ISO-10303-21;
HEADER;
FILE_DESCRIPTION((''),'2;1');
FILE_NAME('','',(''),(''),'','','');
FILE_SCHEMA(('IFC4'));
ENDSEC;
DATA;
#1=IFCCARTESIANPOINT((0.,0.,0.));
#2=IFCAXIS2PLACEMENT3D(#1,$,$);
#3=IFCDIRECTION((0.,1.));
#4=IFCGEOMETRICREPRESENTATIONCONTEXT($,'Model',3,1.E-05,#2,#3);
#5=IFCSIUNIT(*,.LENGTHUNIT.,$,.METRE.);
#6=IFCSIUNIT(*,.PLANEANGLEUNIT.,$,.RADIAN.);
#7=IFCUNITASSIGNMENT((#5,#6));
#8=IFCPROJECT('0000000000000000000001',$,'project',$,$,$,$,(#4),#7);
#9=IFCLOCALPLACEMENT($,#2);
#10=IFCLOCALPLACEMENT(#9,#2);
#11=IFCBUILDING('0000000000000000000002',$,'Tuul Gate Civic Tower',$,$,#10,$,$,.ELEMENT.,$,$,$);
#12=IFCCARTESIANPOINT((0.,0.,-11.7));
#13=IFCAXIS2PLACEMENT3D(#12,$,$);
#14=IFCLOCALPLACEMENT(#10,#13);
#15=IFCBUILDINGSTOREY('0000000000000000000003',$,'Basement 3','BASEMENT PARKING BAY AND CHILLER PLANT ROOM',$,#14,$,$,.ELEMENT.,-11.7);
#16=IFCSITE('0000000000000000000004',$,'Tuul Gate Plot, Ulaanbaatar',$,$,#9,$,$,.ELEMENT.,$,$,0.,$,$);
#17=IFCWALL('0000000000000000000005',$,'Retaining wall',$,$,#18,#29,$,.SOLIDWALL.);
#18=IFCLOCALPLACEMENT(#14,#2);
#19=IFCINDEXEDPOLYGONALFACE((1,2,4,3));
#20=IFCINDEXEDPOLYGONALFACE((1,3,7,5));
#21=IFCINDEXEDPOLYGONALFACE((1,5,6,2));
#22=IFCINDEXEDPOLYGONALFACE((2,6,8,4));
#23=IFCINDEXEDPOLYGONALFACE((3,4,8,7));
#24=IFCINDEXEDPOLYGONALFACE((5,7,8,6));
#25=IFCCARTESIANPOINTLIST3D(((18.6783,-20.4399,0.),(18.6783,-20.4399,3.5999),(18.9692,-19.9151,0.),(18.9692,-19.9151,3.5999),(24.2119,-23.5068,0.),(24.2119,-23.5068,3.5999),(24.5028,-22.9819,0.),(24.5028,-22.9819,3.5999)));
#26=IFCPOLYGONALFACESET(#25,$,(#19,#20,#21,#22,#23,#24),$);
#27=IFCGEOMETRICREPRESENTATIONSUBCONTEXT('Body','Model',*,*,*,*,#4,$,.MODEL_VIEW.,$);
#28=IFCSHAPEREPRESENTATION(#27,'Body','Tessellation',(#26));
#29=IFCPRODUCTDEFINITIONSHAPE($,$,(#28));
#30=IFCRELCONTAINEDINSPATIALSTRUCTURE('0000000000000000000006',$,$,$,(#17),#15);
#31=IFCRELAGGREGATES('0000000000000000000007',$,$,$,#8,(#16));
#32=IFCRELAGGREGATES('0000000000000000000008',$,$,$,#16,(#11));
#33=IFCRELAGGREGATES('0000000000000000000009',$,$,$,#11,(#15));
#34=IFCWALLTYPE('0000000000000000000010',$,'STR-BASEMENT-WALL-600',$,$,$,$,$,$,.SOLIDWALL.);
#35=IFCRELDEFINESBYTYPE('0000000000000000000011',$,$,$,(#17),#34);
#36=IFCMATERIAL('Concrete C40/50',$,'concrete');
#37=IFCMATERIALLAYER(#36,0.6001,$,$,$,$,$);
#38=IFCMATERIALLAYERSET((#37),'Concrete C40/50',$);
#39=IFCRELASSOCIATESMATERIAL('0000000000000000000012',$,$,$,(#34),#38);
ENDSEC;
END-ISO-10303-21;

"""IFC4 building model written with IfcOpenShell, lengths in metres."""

from ifc_helpers import new_model, si_unit, direction, frame, frame_2d, origin, place, context, subcontext, project, spatial, rectangle, extrude, material, layer, layer_set, type_object, element, save


model = new_model("IFC4")

# Units and contexts
model_context = context("Model", 3, precision=1e-05, world=origin(), true_north=direction((0.0, 1.0)))
body_context = subcontext(model_context, "Body", "Model", "MODEL_VIEW")
ifc_project = project(units=[si_unit("LENGTHUNIT", "METRE"), si_unit("PLANEANGLEUNIT", "RADIAN")], contexts=[model_context])

# Site, building, storey
site_placement = place(None, origin())
site = spatial("IfcSite", under=ifc_project, at=site_placement, Name="Tuul Gate Plot, Ulaanbaatar", CompositionType="ELEMENT", RefElevation=0.0)
building_placement = place(site_placement, origin())
building = spatial("IfcBuilding", under=site, at=building_placement, Name="Tuul Gate Civic Tower", CompositionType="ELEMENT")
storey_placement = place(building_placement, frame((0.0, 0.0, -11.7)))
storey = spatial("IfcBuildingStorey", under=building, at=storey_placement, Name="Basement 3", Description="BASEMENT PARKING BAY AND CHILLER PLANT ROOM", CompositionType="ELEMENT", Elevation=-11.7)

# Wall
ifc_material_1 = material(Name="Concrete C40/50", Category="concrete")
ifc_layer_1 = layer(ifc_material_1, 0.6001)
ifc_layer_set_1 = layer_set([ifc_layer_1], Name="Concrete C40/50")
wall_type_1 = type_object("IfcWallType", Name="STR-BASEMENT-WALL-600", PredefinedType="SOLIDWALL", material=ifc_layer_set_1)
wall_1_placement = place(storey_placement, frame((18.8237, -20.1775, 0.0), z_axis=(0.0, 0.0, 1.0), x_axis=(0.874652, -0.484751, 0.0)))
element("IfcWall", 1, at=wall_1_placement, inside=storey, type_object=wall_type_1, Name="Retaining wall", PredefinedType="SOLIDWALL", context=body_context, shape_type="SweptSolid", body=[
    extrude(rectangle(XDim=6.3267, YDim=0.6001, at=frame_2d((3.1633, 0.0))), origin(), (0.0, 0.0, 1.0), 3.5999),
])

save(model, "model.ifc")
